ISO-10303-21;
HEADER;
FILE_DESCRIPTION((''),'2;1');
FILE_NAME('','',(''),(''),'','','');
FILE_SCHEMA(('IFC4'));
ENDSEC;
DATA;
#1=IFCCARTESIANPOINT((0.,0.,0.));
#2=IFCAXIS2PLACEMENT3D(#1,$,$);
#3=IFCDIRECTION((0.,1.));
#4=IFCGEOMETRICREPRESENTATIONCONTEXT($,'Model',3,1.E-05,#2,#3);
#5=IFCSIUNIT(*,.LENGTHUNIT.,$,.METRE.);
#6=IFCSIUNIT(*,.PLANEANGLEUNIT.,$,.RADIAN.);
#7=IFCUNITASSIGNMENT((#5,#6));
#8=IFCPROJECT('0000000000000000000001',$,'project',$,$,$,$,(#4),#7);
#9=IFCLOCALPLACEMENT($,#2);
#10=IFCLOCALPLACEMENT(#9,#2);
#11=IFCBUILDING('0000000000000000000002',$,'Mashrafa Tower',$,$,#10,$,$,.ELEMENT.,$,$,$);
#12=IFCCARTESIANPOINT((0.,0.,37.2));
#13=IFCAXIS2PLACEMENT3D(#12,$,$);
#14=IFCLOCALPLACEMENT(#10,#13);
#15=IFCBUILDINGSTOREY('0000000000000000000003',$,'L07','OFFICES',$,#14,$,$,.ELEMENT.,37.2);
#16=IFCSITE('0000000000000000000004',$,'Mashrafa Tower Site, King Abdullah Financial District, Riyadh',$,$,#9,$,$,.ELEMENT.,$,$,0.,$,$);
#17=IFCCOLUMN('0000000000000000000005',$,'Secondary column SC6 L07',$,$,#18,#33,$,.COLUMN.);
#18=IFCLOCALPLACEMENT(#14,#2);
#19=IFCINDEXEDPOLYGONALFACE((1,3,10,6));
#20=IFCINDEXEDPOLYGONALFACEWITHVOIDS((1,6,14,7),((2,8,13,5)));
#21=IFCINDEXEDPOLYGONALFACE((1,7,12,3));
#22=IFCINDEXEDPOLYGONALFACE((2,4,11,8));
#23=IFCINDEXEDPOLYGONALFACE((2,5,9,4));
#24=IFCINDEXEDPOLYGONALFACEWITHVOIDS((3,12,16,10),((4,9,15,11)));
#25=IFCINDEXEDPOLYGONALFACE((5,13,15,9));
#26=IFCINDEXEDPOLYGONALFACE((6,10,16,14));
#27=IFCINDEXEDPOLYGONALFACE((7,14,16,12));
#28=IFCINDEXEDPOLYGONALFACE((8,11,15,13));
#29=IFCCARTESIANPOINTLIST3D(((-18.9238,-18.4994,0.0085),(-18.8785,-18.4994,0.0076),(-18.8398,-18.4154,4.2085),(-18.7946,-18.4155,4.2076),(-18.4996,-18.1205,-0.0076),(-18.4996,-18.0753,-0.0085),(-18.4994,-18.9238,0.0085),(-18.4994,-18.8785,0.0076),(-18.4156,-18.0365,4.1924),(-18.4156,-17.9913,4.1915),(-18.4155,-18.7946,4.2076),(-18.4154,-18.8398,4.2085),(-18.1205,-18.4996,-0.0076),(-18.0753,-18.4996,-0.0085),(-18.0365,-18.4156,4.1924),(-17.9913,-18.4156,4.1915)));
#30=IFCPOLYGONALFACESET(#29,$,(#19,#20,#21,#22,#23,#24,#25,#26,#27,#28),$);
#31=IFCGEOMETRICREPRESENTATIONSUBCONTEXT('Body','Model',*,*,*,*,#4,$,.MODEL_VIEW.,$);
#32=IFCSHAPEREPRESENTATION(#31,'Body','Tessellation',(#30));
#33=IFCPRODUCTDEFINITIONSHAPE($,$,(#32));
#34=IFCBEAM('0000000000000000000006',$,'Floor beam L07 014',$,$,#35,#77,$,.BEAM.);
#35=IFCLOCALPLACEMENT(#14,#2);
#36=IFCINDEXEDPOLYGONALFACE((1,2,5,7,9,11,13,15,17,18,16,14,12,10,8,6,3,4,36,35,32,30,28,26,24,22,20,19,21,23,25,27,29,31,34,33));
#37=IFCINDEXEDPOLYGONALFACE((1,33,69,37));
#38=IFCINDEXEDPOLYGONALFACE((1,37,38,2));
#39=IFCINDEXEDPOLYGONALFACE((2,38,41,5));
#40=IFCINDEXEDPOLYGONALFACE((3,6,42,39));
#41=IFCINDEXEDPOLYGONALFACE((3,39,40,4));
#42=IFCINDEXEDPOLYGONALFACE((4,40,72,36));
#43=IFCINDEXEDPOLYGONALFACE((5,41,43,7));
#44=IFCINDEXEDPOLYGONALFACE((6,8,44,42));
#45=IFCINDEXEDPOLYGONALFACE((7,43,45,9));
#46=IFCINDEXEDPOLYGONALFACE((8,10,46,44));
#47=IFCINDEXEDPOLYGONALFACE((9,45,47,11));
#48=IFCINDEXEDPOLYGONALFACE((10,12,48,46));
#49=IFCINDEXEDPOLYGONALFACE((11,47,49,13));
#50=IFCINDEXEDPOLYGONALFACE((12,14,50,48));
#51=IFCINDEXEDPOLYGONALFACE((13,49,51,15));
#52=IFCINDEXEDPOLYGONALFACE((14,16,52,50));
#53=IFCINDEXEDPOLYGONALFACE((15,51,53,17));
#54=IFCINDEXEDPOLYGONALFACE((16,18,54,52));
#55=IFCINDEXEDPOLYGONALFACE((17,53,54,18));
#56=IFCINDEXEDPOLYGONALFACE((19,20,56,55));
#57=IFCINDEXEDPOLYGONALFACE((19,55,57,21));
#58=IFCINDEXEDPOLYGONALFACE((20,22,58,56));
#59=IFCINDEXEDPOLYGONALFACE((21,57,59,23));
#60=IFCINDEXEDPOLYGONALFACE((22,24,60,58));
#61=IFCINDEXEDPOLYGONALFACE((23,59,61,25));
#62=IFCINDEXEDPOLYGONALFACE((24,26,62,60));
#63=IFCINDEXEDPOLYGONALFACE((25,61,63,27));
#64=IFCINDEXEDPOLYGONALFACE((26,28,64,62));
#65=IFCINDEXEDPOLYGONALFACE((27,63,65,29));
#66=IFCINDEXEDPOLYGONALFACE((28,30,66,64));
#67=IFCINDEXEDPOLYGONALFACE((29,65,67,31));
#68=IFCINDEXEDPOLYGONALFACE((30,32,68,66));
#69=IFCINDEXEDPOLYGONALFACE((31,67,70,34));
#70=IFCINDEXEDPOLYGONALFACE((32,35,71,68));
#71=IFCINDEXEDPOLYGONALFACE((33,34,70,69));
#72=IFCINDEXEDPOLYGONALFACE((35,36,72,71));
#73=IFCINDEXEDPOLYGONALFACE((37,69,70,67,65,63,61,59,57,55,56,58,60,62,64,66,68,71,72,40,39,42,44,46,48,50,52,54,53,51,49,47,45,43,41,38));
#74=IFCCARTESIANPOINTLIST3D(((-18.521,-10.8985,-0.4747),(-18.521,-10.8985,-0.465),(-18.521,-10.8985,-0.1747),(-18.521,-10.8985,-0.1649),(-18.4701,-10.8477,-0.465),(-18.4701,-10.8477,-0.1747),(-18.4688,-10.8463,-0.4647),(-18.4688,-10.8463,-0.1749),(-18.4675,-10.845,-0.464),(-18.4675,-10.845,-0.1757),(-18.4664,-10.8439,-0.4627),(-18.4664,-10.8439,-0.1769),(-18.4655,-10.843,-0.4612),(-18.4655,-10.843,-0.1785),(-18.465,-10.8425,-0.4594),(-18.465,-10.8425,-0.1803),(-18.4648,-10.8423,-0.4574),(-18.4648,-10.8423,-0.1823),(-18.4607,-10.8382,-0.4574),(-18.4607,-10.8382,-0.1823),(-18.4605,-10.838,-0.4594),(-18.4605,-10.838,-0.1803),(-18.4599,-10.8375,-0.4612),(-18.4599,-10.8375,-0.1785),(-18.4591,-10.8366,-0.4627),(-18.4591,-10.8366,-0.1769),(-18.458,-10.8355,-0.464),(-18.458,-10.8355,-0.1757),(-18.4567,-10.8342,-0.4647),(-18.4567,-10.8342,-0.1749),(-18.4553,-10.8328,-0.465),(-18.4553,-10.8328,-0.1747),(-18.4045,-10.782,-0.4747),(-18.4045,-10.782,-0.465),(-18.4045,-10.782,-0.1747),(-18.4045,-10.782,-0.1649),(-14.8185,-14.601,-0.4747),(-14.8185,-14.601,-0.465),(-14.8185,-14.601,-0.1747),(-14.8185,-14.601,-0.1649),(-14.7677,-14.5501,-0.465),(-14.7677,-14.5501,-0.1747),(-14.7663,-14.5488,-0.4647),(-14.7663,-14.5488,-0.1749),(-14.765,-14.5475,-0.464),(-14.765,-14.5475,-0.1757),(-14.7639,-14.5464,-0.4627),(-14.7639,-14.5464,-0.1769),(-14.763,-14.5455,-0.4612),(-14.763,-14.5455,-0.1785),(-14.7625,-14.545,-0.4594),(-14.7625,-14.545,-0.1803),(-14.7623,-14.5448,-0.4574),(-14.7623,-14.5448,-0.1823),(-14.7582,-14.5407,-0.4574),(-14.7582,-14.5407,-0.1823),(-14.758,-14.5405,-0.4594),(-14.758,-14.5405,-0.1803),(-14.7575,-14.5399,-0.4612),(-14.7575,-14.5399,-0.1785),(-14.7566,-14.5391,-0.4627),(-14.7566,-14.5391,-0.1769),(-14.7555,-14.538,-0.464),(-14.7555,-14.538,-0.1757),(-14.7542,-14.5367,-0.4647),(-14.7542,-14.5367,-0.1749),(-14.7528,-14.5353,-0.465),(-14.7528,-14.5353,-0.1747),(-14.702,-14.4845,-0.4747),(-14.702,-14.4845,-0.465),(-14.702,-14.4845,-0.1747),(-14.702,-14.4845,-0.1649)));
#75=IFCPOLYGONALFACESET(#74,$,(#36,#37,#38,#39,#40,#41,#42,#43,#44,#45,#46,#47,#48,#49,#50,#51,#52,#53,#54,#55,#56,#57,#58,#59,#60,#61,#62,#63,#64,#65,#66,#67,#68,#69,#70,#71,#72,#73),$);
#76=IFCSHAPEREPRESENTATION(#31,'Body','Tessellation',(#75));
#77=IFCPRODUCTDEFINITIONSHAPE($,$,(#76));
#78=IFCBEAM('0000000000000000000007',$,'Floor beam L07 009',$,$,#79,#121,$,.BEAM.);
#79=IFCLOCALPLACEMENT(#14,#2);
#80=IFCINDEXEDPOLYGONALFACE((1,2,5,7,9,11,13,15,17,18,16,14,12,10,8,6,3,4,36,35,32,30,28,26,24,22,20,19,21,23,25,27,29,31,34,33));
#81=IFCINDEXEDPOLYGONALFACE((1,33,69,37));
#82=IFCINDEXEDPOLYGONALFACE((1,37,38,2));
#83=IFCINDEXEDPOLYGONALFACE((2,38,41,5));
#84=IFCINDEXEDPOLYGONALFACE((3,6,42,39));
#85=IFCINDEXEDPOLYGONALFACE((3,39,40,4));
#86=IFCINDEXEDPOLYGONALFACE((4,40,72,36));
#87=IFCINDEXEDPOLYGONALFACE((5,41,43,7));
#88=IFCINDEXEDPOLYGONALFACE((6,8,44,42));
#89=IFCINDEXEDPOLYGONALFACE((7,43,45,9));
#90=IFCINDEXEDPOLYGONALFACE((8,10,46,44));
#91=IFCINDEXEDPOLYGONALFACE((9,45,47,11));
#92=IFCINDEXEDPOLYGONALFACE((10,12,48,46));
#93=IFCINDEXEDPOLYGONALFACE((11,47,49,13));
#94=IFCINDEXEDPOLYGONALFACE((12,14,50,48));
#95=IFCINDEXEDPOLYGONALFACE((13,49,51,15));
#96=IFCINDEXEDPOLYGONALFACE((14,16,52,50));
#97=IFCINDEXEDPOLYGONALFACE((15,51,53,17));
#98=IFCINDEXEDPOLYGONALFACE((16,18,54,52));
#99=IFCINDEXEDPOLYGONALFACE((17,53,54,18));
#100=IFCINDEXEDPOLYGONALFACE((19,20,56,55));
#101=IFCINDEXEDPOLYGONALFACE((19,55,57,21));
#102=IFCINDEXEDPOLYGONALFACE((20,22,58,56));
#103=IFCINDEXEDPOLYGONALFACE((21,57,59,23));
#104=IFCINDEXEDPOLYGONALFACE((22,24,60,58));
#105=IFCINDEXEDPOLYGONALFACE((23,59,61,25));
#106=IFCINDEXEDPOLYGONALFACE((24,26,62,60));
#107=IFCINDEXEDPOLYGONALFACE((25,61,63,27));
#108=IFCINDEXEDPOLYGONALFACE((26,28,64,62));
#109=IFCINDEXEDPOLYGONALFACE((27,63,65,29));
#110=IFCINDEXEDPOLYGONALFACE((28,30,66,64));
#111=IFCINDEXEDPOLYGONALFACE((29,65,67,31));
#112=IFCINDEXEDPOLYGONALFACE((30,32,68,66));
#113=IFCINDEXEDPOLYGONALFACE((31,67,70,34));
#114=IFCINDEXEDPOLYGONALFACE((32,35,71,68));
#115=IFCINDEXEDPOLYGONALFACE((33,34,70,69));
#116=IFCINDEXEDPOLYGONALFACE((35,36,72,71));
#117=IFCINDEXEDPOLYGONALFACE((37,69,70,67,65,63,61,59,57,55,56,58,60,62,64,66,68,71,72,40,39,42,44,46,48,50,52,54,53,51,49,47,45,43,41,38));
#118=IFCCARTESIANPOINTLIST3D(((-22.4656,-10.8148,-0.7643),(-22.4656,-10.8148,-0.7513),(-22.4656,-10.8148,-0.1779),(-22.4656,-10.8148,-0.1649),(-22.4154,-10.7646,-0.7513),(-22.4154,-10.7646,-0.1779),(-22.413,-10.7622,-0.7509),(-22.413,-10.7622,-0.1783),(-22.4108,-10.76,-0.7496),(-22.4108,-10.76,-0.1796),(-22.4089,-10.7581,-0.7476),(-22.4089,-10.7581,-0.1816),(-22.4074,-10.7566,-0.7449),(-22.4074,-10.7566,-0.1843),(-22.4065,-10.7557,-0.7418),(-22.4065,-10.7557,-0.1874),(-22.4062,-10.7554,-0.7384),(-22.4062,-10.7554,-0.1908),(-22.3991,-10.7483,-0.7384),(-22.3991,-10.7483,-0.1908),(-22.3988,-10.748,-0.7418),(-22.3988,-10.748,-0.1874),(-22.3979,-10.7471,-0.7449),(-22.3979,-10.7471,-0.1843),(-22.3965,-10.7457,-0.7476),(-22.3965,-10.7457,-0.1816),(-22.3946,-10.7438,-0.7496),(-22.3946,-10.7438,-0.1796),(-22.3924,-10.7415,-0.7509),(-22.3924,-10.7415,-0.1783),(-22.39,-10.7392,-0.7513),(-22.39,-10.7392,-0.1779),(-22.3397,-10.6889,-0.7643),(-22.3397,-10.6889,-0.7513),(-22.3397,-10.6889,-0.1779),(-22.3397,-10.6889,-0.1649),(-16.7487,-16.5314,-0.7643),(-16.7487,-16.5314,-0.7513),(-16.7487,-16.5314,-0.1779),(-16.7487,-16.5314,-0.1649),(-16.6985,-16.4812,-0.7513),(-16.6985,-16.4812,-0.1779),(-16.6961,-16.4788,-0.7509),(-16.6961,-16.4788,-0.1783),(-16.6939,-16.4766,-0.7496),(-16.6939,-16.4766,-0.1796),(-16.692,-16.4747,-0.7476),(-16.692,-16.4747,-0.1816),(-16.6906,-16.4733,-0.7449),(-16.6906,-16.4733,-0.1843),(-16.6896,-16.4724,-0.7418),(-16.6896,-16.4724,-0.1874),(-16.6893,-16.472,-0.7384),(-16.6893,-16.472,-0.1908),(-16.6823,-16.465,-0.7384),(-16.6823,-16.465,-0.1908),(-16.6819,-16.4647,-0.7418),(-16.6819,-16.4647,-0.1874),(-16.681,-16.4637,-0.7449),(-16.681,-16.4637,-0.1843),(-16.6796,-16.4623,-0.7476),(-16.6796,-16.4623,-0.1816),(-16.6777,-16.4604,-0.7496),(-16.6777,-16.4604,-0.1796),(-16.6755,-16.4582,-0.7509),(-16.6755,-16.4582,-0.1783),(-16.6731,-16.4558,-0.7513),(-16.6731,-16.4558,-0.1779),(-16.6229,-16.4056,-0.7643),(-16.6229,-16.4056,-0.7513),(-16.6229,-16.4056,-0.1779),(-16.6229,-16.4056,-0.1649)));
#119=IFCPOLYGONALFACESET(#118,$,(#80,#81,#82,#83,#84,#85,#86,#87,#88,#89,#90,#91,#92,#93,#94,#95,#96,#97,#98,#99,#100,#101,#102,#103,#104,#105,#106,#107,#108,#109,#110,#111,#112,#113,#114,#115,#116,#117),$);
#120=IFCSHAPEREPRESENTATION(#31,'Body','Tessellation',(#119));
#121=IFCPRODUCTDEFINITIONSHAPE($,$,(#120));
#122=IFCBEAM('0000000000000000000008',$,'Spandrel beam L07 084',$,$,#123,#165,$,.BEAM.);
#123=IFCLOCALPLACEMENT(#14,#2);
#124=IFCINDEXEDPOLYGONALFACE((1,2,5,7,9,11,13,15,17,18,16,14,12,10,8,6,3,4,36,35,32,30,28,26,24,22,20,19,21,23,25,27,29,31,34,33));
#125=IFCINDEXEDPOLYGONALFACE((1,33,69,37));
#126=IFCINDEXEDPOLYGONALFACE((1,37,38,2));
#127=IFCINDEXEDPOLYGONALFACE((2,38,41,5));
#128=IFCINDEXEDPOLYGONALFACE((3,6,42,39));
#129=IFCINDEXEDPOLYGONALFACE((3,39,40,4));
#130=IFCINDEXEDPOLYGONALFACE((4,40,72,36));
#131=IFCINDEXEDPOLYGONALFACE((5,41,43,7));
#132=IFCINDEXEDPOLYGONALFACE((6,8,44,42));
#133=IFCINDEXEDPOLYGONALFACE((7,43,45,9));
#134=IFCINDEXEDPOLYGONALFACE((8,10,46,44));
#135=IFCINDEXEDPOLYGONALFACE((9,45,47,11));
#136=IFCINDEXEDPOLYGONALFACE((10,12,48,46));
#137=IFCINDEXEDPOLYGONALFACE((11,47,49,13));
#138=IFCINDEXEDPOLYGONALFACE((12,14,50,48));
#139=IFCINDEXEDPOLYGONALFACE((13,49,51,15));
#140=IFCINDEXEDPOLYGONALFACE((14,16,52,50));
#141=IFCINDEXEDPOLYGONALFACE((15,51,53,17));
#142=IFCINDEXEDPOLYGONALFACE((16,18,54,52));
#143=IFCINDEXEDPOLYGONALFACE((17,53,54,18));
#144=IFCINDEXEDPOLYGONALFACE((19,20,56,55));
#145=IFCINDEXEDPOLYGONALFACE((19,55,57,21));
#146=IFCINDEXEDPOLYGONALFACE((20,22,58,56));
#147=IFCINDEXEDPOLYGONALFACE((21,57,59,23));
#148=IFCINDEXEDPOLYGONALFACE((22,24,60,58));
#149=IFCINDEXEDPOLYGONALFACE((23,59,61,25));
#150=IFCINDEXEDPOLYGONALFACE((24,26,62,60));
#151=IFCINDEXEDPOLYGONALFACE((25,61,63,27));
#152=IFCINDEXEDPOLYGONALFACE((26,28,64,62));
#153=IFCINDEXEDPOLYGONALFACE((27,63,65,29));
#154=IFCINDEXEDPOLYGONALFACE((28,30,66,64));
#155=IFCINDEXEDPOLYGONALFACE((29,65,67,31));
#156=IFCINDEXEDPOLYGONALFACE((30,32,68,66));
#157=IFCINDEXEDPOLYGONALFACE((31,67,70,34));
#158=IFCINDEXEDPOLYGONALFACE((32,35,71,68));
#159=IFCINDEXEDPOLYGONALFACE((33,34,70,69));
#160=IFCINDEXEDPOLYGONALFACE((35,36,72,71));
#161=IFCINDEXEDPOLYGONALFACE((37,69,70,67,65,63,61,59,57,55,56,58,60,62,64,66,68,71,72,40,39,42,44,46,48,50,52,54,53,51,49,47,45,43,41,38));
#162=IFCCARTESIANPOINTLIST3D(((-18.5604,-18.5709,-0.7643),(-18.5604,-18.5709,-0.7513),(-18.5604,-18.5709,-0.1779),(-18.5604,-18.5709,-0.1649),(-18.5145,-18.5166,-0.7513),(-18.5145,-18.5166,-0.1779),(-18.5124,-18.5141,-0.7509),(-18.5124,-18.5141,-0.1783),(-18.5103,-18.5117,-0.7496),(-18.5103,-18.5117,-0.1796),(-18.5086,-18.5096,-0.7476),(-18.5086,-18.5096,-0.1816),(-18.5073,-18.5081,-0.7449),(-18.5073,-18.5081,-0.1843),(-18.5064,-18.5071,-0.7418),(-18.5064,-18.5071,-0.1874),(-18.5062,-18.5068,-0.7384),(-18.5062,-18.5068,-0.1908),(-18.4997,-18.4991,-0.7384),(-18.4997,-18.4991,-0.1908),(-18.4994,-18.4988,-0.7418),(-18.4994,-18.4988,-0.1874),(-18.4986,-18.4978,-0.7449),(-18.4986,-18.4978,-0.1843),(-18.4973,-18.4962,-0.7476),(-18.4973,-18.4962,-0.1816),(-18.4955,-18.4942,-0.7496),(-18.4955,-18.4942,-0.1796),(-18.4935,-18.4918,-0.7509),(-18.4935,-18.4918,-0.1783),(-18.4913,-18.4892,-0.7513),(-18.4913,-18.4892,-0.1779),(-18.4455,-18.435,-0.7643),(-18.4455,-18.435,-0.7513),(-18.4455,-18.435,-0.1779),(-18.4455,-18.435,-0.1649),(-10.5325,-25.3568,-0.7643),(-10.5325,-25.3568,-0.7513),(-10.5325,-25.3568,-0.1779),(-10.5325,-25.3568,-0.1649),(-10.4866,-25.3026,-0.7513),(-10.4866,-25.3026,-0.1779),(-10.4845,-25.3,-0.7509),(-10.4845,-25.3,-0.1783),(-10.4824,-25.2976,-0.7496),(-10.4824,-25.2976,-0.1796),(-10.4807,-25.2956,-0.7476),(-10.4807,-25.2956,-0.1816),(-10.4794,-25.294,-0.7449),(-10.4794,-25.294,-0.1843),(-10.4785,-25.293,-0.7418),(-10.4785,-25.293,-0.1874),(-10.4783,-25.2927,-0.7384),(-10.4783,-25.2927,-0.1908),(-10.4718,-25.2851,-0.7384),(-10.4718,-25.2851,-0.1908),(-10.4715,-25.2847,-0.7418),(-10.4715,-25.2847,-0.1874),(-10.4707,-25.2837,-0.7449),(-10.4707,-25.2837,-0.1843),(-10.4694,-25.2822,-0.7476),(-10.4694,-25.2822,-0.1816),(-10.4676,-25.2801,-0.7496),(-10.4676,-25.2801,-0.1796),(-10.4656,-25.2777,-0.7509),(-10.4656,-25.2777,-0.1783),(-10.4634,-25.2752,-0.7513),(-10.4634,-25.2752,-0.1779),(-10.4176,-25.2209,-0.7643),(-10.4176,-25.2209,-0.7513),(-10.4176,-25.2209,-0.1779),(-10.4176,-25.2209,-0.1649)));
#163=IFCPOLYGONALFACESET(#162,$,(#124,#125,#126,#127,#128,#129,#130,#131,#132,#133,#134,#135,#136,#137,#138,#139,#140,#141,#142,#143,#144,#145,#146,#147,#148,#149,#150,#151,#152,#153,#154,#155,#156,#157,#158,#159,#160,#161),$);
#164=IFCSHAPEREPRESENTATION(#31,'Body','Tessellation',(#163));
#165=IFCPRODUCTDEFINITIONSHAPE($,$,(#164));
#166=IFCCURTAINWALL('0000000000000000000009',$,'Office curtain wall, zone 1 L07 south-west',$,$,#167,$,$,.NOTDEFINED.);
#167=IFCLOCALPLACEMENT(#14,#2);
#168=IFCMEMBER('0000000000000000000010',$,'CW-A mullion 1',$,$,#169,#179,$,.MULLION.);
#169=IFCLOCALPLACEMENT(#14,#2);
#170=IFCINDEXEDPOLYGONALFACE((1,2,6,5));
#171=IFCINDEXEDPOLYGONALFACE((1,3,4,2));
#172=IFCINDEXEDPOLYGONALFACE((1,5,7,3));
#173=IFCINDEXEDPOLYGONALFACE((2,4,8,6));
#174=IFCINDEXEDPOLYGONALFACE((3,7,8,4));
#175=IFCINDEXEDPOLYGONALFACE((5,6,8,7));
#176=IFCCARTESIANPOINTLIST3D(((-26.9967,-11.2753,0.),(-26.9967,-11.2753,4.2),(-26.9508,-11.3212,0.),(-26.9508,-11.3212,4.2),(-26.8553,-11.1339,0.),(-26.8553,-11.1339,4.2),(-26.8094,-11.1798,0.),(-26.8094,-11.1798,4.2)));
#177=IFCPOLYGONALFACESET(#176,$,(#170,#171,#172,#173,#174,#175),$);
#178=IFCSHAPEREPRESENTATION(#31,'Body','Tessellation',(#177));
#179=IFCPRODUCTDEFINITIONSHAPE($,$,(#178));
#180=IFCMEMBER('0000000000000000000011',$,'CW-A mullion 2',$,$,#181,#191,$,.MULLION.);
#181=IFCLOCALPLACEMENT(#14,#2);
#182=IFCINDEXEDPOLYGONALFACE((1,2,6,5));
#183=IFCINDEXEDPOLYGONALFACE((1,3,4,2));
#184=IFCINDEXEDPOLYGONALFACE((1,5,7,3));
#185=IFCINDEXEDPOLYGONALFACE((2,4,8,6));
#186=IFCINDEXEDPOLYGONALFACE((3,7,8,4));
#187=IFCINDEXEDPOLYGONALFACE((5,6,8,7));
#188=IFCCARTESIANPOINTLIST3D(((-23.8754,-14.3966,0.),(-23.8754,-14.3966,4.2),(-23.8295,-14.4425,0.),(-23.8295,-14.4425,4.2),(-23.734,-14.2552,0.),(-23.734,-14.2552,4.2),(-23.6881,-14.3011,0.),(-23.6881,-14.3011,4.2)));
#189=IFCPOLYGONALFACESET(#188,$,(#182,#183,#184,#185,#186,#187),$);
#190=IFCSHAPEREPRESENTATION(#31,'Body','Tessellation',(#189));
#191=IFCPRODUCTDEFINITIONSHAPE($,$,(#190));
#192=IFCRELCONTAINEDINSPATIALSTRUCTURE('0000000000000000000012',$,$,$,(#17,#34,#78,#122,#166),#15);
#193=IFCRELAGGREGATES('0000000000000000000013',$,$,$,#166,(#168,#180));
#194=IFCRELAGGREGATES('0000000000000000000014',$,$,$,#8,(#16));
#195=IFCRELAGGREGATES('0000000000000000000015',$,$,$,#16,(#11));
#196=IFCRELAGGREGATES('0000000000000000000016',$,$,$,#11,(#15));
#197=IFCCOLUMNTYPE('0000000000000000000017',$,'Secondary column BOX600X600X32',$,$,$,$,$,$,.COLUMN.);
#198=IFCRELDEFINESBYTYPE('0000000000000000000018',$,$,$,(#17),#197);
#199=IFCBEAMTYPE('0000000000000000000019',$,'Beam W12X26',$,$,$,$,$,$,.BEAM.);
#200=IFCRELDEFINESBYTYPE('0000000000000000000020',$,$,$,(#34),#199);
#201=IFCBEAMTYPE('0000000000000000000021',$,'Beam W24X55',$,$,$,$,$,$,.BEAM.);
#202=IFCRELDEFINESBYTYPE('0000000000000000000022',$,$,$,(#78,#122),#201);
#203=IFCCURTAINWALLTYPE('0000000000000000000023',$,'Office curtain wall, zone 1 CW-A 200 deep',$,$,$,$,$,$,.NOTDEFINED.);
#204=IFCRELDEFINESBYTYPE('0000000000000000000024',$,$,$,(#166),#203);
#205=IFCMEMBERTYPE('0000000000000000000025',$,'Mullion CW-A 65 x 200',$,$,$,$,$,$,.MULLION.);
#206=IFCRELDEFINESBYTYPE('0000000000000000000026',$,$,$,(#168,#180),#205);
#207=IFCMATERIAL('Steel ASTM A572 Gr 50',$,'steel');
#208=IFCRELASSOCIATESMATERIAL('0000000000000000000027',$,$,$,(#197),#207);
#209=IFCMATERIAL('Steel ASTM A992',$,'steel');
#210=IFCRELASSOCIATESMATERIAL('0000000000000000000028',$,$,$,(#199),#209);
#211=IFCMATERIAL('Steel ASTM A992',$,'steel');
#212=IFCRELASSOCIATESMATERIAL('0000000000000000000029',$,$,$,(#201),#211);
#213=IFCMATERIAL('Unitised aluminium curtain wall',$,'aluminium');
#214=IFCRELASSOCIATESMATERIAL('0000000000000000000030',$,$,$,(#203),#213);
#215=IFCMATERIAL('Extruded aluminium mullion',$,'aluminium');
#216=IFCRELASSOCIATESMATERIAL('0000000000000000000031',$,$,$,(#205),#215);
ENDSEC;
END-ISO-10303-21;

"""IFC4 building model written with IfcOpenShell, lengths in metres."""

from ifc_helpers import new_model, si_unit, direction, frame, origin, origin_2d, place, context, subcontext, project, spatial, rectangle, hollow_rectangle, i_section, extrude, source, transform, mapped, material, material_profile, profile_set, type_object, type_shapes, element, aggregate, save


model = new_model("IFC4")

# Units and contexts
model_context = context("Model", 3, precision=1e-05, world=origin(), true_north=direction((0.0, 1.0)))
body_context = subcontext(model_context, "Body", "Model", "MODEL_VIEW")
ifc_project = project(units=[si_unit("LENGTHUNIT", "METRE"), si_unit("PLANEANGLEUNIT", "RADIAN")], contexts=[model_context])

# Site, building, storey
site_placement = place(None, origin())
site = spatial("IfcSite", under=ifc_project, at=site_placement, Name="Mashrafa Tower Site, King Abdullah Financial District, Riyadh", CompositionType="ELEMENT", RefElevation=0.0)
building_placement = place(site_placement, origin())
building = spatial("IfcBuilding", under=site, at=building_placement, Name="Mashrafa Tower", CompositionType="ELEMENT")
storey_placement = place(building_placement, frame((0.0, 0.0, 37.2)))
storey = spatial("IfcBuildingStorey", under=building, at=storey_placement, Name="L07", Description="OFFICES", CompositionType="ELEMENT", Elevation=37.2)

# Column
ifc_material_1 = material(Name="Steel ASTM A572 Gr 50", Category="steel")
ifc_material_profile_1 = material_profile(ifc_material_1, hollow_rectangle(XDim=0.6001, YDim=0.6001, WallThickness=0.032, at=origin_2d()), Name="BOX600X600X32")
ifc_profile_set_1 = profile_set([ifc_material_profile_1], Name="Steel ASTM A572 Gr 50")
column_type = type_object("IfcColumnType", Name="Secondary column BOX600X600X32", PredefinedType="COLUMN", material=ifc_profile_set_1)
column_placement = place(storey_placement, frame((-18.4995, -18.4995, 0.0), z_axis=(0.019989, 0.019989, 0.9996), x_axis=(-0.707107, 0.707107, 0.0)))
element("IfcColumn", 1, at=column_placement, inside=storey, type_object=column_type, Name="Secondary column SC6 L07", PredefinedType="COLUMN", context=body_context, shape_type="SweptSolid", body=[
    extrude(hollow_rectangle(XDim=0.6001, YDim=0.6001, WallThickness=0.032, at=origin_2d()), origin(), (0.0, 0.0, 1.0), 4.2017),
])

# Beams
ifc_material_2 = material(Name="Steel ASTM A992", Category="steel")
ifc_material_profile_2 = material_profile(ifc_material_2, i_section(OverallWidth=0.1648, OverallDepth=0.3098, WebThickness=0.0059, FlangeThickness=0.0098, FilletRadius=0.0076, at=origin_2d()), Name="W12X26")
ifc_profile_set_2 = profile_set([ifc_material_profile_2], Name="Steel ASTM A992")
beam_type_1 = type_object("IfcBeamType", Name="Beam W12X26", PredefinedType="BEAM", material=ifc_profile_set_2)
beam_1_placement = place(storey_placement, frame((-14.7603, -14.5427, -0.3198), z_axis=(-0.707107, 0.707107, 0.0), x_axis=(-0.707107, -0.707107, 0.0)))
element("IfcBeam", 2, at=beam_1_placement, inside=storey, type_object=beam_type_1, Name="Floor beam L07 014", PredefinedType="BEAM", context=body_context, shape_type="SweptSolid", body=[
    extrude(i_section(OverallWidth=0.1648, OverallDepth=0.3098, WebThickness=0.0059, FlangeThickness=0.0098, FilletRadius=0.0076, at=origin_2d()), origin(), (0.0, 0.0, 1.0), 5.2361),
])
ifc_material_3 = material(Name="Steel ASTM A992", Category="steel")
ifc_material_profile_3 = material_profile(ifc_material_3, i_section(OverallWidth=0.178, OverallDepth=0.5994, WebThickness=0.01, FlangeThickness=0.0129, FilletRadius=0.0129, at=origin_2d()), Name="W24X55")
ifc_profile_set_3 = profile_set([ifc_material_profile_3], Name="Steel ASTM A992")
beam_type_2 = type_object("IfcBeamType", Name="Beam W24X55", PredefinedType="BEAM", material=ifc_profile_set_3)
beam_2_placement = place(storey_placement, frame((-16.6858, -16.4685, -0.4646), z_axis=(-0.707122, 0.707092, 0.0), x_axis=(-0.707092, -0.707122, 0.0)))
element("IfcBeam", 3, at=beam_2_placement, inside=storey, type_object=beam_type_2, Name="Floor beam L07 009", PredefinedType="BEAM", context=body_context, shape_type="SweptSolid", body=[
    extrude(i_section(OverallWidth=0.178, OverallDepth=0.5994, WebThickness=0.01, FlangeThickness=0.0129, FilletRadius=0.0129, at=origin_2d()), origin(), (0.0, 0.0, 1.0), 8.0847),
])
beam_3_placement = place(storey_placement, frame((-18.5029, -18.5029, -0.4646), z_axis=(0.76371, -0.64556, 0.0), x_axis=(0.64556, 0.76371, 0.0)))
element("IfcBeam", 4, at=beam_3_placement, inside=storey, type_object=beam_type_2, Name="Spandrel beam L07 084", PredefinedType="BEAM", context=body_context, shape_type="SweptSolid", body=[
    extrude(i_section(OverallWidth=0.178, OverallDepth=0.5994, WebThickness=0.01, FlangeThickness=0.0129, FilletRadius=0.0129, at=origin_2d()), origin(), (0.0, 0.0, 1.0), 10.5117),
])

# Curtain wall, members
ifc_material_4 = material(Name="Unitised aluminium curtain wall", Category="aluminium")
curtain_wall_type = type_object("IfcCurtainWallType", Name="Office curtain wall, zone 1 CW-A 200 deep", PredefinedType="NOTDEFINED", material=ifc_material_4)
curtain_wall_placement = place(storey_placement, origin())
curtain_wall = element("IfcCurtainWall", 5, at=curtain_wall_placement, inside=storey, type_object=curtain_wall_type, Name="Office curtain wall, zone 1 L07 south-west", PredefinedType="NOTDEFINED")
ifc_material_5 = material(Name="Extruded aluminium mullion", Category="aluminium")
ifc_material_profile_4 = material_profile(ifc_material_5, rectangle(XDim=0.2, YDim=0.0649, at=origin_2d()), Name="Mullion 65x200")
ifc_profile_set_4 = profile_set([ifc_material_profile_4], Name="Extruded aluminium mullion")
member_type_1 = type_object("IfcMemberType", Name="Mullion CW-A 65 x 200", PredefinedType="MULLION", material=ifc_profile_set_4)
shared_shape_1 = source(origin(), body_context, "Body", "SweptSolid", [
    extrude(rectangle(XDim=0.2, YDim=0.0649, at=origin_2d()), origin(), (0.0, 0.0, 1.0), 4.2),
])
type_shapes(member_type_1, [shared_shape_1])
member_1_placement = place(storey_placement, frame((-26.9031, -11.2275, 0.0), z_axis=(0.0, 0.0, 1.0), x_axis=(0.707107, 0.707107, 0.0)))
member_1 = element("IfcMember", 6, at=member_1_placement, type_object=member_type_1, Name="CW-A mullion 1", PredefinedType="MULLION", context=body_context, shape_type="MappedRepresentation", body=[
    mapped(shared_shape_1, transform((0.0, 0.0, 0.0))),
])
member_2_placement = place(storey_placement, frame((-23.7817, -14.3489, 0.0), z_axis=(0.0, 0.0, 1.0), x_axis=(0.707107, 0.707107, 0.0)))
member_2 = element("IfcMember", 7, at=member_2_placement, type_object=member_type_1, Name="CW-A mullion 2", PredefinedType="MULLION", context=body_context, shape_type="MappedRepresentation", body=[
    mapped(shared_shape_1, transform((0.0, 0.0, 0.0))),
])
aggregate(curtain_wall, [member_1, member_2])

save(model, "model.ifc")
